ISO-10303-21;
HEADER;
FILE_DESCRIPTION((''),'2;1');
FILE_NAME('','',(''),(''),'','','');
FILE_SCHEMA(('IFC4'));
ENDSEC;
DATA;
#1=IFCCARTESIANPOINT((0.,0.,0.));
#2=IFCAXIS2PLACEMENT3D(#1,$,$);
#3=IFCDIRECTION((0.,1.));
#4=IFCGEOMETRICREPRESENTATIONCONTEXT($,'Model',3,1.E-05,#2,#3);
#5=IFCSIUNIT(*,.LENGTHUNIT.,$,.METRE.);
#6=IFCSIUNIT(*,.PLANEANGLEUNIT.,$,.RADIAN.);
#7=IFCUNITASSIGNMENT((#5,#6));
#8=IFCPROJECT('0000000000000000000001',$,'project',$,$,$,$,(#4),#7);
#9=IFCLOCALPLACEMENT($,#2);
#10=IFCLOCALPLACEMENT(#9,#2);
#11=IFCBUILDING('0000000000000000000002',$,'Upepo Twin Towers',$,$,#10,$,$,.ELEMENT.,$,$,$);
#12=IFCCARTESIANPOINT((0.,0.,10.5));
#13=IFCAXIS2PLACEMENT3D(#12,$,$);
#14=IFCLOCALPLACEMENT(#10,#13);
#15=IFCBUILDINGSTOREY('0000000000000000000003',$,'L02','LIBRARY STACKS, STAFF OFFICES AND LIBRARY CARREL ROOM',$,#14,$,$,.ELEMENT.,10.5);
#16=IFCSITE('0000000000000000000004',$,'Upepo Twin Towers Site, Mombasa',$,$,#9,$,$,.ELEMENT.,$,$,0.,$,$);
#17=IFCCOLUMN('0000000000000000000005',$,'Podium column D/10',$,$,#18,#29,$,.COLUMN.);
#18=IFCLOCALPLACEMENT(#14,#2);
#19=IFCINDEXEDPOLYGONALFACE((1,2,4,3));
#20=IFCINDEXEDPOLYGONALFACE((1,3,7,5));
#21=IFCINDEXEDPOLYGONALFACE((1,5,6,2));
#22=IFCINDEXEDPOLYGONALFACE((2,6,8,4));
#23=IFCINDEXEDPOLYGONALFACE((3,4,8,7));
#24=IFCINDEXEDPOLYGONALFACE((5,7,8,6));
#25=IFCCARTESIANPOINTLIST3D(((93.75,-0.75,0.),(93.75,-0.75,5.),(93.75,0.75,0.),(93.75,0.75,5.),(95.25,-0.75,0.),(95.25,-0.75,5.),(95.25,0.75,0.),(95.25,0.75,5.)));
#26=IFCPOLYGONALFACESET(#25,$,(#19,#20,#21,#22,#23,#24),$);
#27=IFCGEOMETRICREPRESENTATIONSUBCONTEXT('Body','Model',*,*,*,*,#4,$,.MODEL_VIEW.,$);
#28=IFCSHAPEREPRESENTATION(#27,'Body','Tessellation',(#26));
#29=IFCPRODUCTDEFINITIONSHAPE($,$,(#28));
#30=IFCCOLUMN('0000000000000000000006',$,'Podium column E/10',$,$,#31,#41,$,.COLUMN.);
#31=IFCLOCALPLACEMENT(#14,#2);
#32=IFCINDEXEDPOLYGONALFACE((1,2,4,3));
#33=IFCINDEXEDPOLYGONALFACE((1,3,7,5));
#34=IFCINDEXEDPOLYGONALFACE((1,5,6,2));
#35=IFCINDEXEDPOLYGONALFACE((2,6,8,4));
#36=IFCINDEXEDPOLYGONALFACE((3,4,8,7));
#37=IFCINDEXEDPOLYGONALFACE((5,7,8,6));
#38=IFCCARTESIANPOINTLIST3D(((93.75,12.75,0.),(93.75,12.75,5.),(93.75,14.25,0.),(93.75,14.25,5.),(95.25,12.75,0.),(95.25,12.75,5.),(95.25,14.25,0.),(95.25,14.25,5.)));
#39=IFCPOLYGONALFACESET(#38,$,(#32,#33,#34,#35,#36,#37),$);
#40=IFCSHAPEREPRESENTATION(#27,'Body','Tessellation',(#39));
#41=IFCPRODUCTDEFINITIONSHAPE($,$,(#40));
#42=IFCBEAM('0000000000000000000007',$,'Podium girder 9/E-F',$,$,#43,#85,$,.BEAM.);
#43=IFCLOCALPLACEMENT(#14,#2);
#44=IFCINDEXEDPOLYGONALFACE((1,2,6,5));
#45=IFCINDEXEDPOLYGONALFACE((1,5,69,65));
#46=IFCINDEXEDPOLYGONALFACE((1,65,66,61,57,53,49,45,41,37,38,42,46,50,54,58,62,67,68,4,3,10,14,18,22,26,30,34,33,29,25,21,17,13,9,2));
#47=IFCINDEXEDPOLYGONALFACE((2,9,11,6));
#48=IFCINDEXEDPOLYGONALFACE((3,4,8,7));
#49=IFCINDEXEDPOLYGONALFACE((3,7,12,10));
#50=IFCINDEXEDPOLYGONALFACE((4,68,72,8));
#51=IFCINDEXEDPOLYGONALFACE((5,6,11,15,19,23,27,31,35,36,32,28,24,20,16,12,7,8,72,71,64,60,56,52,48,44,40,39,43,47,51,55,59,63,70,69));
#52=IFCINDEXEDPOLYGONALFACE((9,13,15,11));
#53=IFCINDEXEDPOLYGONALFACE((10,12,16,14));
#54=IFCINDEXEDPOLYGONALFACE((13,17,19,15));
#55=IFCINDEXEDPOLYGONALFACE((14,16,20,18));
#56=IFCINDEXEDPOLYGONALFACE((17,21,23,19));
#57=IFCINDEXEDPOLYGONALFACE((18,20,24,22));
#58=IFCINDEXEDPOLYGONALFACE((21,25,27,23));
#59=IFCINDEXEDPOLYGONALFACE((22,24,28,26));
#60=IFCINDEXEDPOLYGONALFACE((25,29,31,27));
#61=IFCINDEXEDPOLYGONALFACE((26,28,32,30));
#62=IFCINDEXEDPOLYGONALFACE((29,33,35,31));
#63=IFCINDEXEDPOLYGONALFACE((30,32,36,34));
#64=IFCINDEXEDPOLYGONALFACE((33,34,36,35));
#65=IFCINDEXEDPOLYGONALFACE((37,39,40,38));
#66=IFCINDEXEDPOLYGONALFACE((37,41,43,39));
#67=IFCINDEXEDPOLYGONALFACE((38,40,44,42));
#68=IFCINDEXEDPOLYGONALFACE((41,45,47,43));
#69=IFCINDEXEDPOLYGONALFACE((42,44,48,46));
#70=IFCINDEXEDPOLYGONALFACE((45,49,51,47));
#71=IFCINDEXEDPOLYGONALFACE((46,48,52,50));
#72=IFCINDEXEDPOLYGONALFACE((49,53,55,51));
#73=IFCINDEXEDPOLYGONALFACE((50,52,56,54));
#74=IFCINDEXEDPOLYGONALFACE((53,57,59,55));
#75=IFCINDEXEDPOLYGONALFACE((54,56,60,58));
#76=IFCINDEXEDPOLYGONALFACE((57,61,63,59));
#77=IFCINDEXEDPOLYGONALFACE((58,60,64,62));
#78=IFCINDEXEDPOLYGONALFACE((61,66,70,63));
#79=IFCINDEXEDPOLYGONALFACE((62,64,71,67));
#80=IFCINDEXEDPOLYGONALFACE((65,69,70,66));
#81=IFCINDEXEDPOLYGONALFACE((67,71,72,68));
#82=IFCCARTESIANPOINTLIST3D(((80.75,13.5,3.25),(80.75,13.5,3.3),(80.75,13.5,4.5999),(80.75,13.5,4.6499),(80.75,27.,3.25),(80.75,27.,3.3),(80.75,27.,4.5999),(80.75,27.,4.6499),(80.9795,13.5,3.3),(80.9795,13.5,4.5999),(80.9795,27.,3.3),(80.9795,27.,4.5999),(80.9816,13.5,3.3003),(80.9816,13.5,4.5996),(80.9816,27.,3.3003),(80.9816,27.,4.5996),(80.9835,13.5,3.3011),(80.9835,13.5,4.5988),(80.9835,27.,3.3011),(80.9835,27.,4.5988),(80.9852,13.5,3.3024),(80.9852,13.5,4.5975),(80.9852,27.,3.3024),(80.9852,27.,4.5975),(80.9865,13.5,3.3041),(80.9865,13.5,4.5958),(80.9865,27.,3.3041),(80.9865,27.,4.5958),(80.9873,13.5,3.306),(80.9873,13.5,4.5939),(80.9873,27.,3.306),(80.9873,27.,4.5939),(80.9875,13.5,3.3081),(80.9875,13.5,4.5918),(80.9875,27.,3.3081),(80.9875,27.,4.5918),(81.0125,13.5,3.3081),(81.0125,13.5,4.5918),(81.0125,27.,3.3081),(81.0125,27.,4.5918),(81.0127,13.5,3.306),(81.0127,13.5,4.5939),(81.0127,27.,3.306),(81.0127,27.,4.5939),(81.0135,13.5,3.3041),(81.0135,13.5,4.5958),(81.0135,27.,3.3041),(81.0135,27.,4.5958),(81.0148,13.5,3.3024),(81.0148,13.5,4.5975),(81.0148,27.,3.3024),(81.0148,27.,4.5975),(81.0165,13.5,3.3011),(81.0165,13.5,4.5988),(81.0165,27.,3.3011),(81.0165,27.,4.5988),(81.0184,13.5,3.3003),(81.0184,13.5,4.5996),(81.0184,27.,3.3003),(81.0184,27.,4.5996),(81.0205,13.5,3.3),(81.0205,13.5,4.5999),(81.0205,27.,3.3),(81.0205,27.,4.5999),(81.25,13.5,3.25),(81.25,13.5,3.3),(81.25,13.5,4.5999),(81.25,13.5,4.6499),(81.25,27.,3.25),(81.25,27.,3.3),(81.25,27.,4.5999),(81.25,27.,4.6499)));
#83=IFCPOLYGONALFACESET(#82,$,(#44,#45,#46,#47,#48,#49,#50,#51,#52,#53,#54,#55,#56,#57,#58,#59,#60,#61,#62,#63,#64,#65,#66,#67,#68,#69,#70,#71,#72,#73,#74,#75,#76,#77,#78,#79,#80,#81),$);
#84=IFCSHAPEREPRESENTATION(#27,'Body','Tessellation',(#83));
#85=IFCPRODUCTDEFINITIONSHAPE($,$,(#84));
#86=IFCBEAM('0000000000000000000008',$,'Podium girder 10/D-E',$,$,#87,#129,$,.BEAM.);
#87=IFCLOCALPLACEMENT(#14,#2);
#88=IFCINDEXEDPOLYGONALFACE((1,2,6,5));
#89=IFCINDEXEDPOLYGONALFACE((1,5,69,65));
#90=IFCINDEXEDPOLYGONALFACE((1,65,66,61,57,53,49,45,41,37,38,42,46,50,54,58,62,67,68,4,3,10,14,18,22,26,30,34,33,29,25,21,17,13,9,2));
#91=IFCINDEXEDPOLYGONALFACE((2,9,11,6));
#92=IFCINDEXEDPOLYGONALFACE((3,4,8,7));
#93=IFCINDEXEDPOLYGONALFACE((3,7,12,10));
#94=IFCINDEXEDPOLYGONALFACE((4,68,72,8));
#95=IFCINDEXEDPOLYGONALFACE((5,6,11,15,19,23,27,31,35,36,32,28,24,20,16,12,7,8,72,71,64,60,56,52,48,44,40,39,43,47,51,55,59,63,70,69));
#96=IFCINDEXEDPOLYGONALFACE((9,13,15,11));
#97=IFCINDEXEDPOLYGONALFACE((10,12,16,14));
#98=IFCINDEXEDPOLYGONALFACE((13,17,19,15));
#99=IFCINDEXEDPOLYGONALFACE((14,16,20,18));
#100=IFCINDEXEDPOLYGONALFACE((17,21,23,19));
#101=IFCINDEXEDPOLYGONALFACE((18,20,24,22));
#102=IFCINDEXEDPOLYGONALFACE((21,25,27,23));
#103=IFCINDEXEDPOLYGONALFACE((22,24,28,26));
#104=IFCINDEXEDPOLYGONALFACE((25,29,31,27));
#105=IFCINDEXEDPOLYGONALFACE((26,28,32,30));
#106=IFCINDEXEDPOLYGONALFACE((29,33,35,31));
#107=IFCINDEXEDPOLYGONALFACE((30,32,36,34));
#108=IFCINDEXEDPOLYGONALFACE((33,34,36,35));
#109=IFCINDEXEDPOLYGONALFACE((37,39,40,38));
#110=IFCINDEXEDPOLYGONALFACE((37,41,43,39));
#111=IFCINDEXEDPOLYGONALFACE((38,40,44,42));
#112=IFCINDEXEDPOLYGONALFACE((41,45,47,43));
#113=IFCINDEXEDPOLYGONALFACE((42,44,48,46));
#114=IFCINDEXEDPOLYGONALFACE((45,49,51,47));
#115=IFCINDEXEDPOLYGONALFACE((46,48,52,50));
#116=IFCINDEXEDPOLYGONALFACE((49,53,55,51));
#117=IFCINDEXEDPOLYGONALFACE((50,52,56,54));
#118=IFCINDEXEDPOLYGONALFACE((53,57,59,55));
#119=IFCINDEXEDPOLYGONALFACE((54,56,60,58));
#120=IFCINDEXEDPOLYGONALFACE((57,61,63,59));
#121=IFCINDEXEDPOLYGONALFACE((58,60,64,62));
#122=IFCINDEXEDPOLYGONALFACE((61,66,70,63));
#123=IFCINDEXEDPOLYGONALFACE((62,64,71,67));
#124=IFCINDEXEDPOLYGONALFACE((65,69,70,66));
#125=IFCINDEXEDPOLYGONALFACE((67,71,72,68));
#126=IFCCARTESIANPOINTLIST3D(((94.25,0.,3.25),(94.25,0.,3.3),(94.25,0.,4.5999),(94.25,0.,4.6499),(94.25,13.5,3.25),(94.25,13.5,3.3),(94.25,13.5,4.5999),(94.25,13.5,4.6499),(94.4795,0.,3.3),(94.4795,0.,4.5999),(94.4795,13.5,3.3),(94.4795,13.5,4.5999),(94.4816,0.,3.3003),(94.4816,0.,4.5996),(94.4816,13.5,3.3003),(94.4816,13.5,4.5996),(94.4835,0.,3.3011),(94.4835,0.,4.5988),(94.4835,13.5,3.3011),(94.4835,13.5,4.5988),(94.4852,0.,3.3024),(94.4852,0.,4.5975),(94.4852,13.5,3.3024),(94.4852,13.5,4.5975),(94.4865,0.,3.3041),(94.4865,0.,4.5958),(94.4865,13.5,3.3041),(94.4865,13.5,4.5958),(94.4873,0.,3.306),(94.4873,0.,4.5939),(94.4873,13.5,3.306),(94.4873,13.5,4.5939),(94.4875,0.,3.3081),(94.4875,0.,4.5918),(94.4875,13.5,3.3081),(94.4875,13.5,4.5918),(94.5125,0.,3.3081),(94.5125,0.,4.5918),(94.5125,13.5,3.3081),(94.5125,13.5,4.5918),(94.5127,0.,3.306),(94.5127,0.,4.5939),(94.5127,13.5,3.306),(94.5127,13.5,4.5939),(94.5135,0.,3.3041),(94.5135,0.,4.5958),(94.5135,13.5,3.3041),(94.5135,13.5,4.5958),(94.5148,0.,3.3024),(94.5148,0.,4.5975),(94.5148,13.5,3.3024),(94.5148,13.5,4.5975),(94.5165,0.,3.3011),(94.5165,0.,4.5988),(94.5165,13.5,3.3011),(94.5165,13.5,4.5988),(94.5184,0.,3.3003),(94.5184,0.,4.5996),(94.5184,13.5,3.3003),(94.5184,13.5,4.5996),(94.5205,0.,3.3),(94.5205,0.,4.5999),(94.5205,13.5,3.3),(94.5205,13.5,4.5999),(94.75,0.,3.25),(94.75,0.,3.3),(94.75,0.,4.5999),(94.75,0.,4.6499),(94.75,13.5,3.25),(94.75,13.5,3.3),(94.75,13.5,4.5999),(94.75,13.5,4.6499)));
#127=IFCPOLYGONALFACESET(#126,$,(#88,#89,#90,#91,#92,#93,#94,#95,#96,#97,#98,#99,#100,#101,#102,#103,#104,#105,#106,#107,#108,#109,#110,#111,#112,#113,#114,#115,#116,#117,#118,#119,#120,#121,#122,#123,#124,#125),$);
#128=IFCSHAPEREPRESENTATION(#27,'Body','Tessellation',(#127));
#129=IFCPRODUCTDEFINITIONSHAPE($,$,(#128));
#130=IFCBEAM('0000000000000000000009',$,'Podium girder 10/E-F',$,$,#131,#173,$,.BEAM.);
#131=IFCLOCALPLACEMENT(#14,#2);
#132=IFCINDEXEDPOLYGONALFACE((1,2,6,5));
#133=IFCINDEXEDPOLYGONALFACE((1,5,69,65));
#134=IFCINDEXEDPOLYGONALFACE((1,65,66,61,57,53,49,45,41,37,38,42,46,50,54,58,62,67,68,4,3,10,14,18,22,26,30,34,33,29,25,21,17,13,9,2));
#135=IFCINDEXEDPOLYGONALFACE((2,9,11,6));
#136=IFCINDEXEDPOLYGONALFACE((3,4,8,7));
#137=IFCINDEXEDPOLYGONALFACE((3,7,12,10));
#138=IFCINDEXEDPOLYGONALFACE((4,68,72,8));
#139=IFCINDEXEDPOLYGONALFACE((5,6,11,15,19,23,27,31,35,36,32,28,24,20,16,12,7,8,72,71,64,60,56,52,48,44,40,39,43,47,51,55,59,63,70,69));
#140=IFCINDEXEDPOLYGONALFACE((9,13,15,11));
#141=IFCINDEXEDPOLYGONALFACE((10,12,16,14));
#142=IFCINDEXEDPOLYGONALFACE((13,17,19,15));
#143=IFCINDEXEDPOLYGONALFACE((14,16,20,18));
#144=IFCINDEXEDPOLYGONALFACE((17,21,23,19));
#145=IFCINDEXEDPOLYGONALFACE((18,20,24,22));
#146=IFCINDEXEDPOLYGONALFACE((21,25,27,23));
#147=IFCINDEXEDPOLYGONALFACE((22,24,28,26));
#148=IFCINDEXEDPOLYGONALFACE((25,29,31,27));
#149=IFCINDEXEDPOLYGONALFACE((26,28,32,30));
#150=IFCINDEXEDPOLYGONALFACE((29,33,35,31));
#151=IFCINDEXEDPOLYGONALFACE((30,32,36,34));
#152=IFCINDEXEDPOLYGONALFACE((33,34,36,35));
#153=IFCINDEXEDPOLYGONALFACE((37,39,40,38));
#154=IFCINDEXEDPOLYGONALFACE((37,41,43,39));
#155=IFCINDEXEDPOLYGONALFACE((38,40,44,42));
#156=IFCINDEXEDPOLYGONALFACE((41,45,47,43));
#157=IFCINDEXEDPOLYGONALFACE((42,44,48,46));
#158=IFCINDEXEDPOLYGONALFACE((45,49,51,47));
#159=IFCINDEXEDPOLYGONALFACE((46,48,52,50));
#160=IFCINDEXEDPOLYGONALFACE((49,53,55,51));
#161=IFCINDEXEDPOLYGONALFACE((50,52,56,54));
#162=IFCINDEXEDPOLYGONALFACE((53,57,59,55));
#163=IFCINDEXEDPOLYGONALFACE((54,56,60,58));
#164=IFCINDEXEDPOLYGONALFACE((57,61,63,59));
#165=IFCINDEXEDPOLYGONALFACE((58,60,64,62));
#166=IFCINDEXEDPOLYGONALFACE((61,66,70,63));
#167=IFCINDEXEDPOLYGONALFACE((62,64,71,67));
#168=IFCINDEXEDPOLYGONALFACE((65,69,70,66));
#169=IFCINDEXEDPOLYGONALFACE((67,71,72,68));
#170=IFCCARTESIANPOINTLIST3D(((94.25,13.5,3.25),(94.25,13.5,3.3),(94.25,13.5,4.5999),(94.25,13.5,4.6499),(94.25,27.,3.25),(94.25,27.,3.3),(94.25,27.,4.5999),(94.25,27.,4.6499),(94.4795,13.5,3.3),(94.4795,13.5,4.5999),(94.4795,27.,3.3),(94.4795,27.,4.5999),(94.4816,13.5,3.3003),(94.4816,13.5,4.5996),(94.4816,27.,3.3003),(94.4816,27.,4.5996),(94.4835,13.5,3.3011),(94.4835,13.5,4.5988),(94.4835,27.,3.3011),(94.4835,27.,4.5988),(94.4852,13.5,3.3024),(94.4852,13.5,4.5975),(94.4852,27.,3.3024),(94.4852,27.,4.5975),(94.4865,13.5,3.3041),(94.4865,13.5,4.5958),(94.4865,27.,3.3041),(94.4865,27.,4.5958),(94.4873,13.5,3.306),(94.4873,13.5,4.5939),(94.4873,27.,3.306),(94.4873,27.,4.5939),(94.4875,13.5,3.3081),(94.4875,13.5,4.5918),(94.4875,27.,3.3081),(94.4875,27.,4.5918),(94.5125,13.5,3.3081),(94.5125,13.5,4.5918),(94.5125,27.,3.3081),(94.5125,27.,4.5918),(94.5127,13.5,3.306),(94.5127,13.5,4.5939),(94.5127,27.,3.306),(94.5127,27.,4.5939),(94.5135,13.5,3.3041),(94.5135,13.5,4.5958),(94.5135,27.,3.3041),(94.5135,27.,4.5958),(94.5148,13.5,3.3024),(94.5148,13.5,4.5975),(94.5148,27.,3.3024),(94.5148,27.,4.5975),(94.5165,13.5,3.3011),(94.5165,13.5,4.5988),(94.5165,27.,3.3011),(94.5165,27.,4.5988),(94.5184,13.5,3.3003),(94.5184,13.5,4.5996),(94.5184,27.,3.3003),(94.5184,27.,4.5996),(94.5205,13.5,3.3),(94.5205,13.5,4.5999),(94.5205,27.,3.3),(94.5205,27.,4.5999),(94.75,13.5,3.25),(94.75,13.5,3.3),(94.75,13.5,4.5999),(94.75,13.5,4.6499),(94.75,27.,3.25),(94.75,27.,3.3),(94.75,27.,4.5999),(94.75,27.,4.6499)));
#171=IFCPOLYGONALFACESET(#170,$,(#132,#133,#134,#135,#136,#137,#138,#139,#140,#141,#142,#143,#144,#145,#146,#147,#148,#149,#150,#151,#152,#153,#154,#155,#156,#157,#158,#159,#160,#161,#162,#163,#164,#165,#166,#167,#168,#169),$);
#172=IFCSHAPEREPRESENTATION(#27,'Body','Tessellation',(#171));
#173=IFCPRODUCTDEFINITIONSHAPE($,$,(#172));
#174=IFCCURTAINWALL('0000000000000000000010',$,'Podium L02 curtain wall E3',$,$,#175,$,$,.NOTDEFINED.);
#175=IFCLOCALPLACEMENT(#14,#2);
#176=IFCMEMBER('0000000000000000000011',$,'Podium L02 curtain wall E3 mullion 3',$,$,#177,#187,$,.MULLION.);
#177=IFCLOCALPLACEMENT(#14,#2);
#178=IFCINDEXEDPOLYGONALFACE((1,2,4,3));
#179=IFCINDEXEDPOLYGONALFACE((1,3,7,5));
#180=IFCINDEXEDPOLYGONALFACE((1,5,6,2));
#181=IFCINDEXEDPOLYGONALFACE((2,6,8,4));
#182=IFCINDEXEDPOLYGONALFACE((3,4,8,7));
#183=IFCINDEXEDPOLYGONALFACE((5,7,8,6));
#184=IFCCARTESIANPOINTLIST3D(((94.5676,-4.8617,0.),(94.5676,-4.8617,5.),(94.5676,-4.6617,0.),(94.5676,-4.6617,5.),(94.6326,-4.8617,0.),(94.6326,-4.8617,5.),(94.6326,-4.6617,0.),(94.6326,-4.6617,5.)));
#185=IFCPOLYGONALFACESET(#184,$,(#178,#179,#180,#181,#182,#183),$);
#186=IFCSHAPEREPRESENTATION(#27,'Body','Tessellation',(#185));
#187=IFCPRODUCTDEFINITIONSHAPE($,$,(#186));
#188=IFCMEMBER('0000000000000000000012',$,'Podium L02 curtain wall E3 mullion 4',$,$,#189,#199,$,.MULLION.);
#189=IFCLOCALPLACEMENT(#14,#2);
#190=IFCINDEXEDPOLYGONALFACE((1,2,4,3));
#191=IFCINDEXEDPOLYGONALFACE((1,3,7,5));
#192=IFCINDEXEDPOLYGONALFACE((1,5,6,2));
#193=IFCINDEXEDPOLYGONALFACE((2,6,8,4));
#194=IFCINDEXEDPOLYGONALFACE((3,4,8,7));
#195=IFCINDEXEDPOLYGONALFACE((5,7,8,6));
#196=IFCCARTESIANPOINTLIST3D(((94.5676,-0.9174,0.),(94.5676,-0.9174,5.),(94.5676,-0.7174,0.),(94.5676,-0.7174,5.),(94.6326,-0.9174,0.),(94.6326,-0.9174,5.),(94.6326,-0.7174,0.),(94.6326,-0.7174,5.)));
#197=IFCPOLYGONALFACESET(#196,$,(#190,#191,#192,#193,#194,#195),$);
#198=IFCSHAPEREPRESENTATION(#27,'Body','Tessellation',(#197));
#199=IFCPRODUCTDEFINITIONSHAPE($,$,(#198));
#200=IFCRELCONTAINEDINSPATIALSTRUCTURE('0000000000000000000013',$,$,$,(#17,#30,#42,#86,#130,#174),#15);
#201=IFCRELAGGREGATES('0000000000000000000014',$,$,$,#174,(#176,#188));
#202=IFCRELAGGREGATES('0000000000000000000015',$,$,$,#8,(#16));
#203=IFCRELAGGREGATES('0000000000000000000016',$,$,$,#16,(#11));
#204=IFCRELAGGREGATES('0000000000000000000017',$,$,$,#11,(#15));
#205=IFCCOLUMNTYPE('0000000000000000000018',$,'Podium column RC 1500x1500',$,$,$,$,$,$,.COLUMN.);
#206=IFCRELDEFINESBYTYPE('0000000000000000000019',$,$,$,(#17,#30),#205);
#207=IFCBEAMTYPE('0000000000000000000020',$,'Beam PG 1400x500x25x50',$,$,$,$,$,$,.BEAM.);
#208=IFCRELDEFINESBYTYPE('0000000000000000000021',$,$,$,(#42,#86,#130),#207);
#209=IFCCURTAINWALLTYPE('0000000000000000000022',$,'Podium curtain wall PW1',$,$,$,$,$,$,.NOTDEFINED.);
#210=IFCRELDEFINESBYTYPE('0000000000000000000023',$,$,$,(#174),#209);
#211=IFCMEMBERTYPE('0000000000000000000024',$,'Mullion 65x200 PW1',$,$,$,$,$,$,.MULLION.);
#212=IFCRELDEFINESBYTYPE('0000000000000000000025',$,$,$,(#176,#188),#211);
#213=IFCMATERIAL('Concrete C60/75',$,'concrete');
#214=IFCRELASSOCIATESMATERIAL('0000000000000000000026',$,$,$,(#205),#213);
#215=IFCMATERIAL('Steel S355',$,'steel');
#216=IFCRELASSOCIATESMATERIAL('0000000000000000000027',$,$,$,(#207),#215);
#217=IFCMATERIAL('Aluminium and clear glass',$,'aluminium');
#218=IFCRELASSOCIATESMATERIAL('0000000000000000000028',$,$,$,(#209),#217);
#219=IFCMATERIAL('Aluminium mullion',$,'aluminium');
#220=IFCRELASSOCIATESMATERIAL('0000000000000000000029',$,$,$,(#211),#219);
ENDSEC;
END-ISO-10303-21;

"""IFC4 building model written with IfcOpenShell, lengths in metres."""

from ifc_helpers import new_model, si_unit, direction, frame, origin, origin_2d, place, context, subcontext, project, spatial, rectangle, i_section, extrude, material, material_profile, profile_set, type_object, element, aggregate, save


model = new_model("IFC4")

# Units and contexts
model_context = context("Model", 3, precision=1e-05, world=origin(), true_north=direction((0.0, 1.0)))
body_context = subcontext(model_context, "Body", "Model", "MODEL_VIEW")
ifc_project = project(units=[si_unit("LENGTHUNIT", "METRE"), si_unit("PLANEANGLEUNIT", "RADIAN")], contexts=[model_context])

# Site, building, storey
site_placement = place(None, origin())
site = spatial("IfcSite", under=ifc_project, at=site_placement, Name="Upepo Twin Towers Site, Mombasa", CompositionType="ELEMENT", RefElevation=0.0)
building_placement = place(site_placement, origin())
building = spatial("IfcBuilding", under=site, at=building_placement, Name="Upepo Twin Towers", CompositionType="ELEMENT")
storey_placement = place(building_placement, frame((0.0, 0.0, 10.5)))
storey = spatial("IfcBuildingStorey", under=building, at=storey_placement, Name="L02", Description="LIBRARY STACKS, STAFF OFFICES AND LIBRARY CARREL ROOM", CompositionType="ELEMENT", Elevation=10.5)

# Columns
ifc_material_1 = material(Name="Concrete C60/75", Category="concrete")
ifc_material_profile_1 = material_profile(ifc_material_1, rectangle(XDim=1.5, YDim=1.5, at=origin_2d()), Name="RC 1500x1500")
ifc_profile_set_1 = profile_set([ifc_material_profile_1], Name="Concrete C60/75")
column_type = type_object("IfcColumnType", Name="Podium column RC 1500x1500", PredefinedType="COLUMN", material=ifc_profile_set_1)
for number, where, z_axis, x_axis, name in (
    (1, (94.5, 0.0, 0.0), (0.0, 0.0, 1.0), (1.0, 0.0, 0.0), "Podium column D/10"),
    (2, (94.5, 13.5, 0.0), (0.0, 0.0, 1.0), (1.0, 0.0, 0.0), "Podium column E/10"),
):
    element("IfcColumn", number, at=place(storey_placement, frame(where, z_axis=z_axis, x_axis=x_axis)), inside=storey, type_object=column_type, Name=name, PredefinedType="COLUMN", context=body_context, shape_type="SweptSolid", body=[
        extrude(rectangle(XDim=1.5, YDim=1.5, at=origin_2d()), origin(), (0.0, 0.0, 1.0), 5.0),
    ])

# Beams
ifc_material_2 = material(Name="Steel S355", Category="steel")
ifc_material_profile_2 = material_profile(ifc_material_2, i_section(OverallWidth=0.5, OverallDepth=1.3999, WebThickness=0.0249, FlangeThickness=0.05, FilletRadius=0.0081, at=origin_2d()), Name="PG 1400x500x25x50")
ifc_profile_set_2 = profile_set([ifc_material_profile_2], Name="Steel S355")
beam_type_1 = type_object("IfcBeamType", Name="Beam PG 1400x500x25x50", PredefinedType="BEAM", material=ifc_profile_set_2)
for number, where, z_axis, x_axis, name in (
    (3, (81.0, 13.5, 3.95), (0.0, 1.0, 0.0), (-1.0, 0.0, 0.0), "Podium girder 9/E-F"),
    (4, (94.5, 0.0, 3.95), (0.0, 1.0, 0.0), (-1.0, 0.0, 0.0), "Podium girder 10/D-E"),
    (5, (94.5, 13.5, 3.95), (0.0, 1.0, 0.0), (-1.0, 0.0, 0.0), "Podium girder 10/E-F"),
):
    element("IfcBeam", number, at=place(storey_placement, frame(where, z_axis=z_axis, x_axis=x_axis)), inside=storey, type_object=beam_type_1, Name=name, PredefinedType="BEAM", context=body_context, shape_type="SweptSolid", body=[
        extrude(i_section(OverallWidth=0.5, OverallDepth=1.3999, WebThickness=0.0249, FlangeThickness=0.05, FilletRadius=0.0081, at=origin_2d()), origin(), (0.0, 0.0, 1.0), 13.5),
    ])

# Curtain wall, members
ifc_material_3 = material(Name="Aluminium and clear glass", Category="aluminium")
curtain_wall_type = type_object("IfcCurtainWallType", Name="Podium curtain wall PW1", PredefinedType="NOTDEFINED", material=ifc_material_3)
curtain_wall_1_placement = place(storey_placement, origin())
curtain_wall_1 = element("IfcCurtainWall", 6, at=curtain_wall_1_placement, inside=storey, type_object=curtain_wall_type, Name="Podium L02 curtain wall E3", PredefinedType="NOTDEFINED")
ifc_material_4 = material(Name="Aluminium mullion", Category="aluminium")
ifc_material_profile_3 = material_profile(ifc_material_4, rectangle(XDim=0.0649, YDim=0.2, at=origin_2d()), Name="MULLION 65x200 PODIUM")
ifc_profile_set_3 = profile_set([ifc_material_profile_3], Name="Aluminium mullion")
member_type_1 = type_object("IfcMemberType", Name="Mullion 65x200 PW1", PredefinedType="MULLION", material=ifc_profile_set_3)
member_1_placement = place(storey_placement, frame((94.6001, -4.7617, 0.0), z_axis=(0.0, 0.0, 1.0), x_axis=(-1.0, 0.0, 0.0)))
member_1 = element("IfcMember", 7, at=member_1_placement, type_object=member_type_1, Name="Podium L02 curtain wall E3 mullion 3", PredefinedType="MULLION", context=body_context, shape_type="SweptSolid", body=[
    extrude(rectangle(XDim=0.0649, YDim=0.2, at=origin_2d()), origin(), (0.0, 0.0, 1.0), 5.0),
])
member_2_placement = place(storey_placement, frame((94.6001, -0.8174, 0.0), z_axis=(0.0, 0.0, 1.0), x_axis=(-1.0, 0.0, 0.0)))
member_2 = element("IfcMember", 8, at=member_2_placement, type_object=member_type_1, Name="Podium L02 curtain wall E3 mullion 4", PredefinedType="MULLION", context=body_context, shape_type="SweptSolid", body=[
    extrude(rectangle(XDim=0.0649, YDim=0.2, at=origin_2d()), origin(), (0.0, 0.0, 1.0), 5.0),
])

aggregate(curtain_wall_1, [member_1, member_2])

save(model, "model.ifc")
